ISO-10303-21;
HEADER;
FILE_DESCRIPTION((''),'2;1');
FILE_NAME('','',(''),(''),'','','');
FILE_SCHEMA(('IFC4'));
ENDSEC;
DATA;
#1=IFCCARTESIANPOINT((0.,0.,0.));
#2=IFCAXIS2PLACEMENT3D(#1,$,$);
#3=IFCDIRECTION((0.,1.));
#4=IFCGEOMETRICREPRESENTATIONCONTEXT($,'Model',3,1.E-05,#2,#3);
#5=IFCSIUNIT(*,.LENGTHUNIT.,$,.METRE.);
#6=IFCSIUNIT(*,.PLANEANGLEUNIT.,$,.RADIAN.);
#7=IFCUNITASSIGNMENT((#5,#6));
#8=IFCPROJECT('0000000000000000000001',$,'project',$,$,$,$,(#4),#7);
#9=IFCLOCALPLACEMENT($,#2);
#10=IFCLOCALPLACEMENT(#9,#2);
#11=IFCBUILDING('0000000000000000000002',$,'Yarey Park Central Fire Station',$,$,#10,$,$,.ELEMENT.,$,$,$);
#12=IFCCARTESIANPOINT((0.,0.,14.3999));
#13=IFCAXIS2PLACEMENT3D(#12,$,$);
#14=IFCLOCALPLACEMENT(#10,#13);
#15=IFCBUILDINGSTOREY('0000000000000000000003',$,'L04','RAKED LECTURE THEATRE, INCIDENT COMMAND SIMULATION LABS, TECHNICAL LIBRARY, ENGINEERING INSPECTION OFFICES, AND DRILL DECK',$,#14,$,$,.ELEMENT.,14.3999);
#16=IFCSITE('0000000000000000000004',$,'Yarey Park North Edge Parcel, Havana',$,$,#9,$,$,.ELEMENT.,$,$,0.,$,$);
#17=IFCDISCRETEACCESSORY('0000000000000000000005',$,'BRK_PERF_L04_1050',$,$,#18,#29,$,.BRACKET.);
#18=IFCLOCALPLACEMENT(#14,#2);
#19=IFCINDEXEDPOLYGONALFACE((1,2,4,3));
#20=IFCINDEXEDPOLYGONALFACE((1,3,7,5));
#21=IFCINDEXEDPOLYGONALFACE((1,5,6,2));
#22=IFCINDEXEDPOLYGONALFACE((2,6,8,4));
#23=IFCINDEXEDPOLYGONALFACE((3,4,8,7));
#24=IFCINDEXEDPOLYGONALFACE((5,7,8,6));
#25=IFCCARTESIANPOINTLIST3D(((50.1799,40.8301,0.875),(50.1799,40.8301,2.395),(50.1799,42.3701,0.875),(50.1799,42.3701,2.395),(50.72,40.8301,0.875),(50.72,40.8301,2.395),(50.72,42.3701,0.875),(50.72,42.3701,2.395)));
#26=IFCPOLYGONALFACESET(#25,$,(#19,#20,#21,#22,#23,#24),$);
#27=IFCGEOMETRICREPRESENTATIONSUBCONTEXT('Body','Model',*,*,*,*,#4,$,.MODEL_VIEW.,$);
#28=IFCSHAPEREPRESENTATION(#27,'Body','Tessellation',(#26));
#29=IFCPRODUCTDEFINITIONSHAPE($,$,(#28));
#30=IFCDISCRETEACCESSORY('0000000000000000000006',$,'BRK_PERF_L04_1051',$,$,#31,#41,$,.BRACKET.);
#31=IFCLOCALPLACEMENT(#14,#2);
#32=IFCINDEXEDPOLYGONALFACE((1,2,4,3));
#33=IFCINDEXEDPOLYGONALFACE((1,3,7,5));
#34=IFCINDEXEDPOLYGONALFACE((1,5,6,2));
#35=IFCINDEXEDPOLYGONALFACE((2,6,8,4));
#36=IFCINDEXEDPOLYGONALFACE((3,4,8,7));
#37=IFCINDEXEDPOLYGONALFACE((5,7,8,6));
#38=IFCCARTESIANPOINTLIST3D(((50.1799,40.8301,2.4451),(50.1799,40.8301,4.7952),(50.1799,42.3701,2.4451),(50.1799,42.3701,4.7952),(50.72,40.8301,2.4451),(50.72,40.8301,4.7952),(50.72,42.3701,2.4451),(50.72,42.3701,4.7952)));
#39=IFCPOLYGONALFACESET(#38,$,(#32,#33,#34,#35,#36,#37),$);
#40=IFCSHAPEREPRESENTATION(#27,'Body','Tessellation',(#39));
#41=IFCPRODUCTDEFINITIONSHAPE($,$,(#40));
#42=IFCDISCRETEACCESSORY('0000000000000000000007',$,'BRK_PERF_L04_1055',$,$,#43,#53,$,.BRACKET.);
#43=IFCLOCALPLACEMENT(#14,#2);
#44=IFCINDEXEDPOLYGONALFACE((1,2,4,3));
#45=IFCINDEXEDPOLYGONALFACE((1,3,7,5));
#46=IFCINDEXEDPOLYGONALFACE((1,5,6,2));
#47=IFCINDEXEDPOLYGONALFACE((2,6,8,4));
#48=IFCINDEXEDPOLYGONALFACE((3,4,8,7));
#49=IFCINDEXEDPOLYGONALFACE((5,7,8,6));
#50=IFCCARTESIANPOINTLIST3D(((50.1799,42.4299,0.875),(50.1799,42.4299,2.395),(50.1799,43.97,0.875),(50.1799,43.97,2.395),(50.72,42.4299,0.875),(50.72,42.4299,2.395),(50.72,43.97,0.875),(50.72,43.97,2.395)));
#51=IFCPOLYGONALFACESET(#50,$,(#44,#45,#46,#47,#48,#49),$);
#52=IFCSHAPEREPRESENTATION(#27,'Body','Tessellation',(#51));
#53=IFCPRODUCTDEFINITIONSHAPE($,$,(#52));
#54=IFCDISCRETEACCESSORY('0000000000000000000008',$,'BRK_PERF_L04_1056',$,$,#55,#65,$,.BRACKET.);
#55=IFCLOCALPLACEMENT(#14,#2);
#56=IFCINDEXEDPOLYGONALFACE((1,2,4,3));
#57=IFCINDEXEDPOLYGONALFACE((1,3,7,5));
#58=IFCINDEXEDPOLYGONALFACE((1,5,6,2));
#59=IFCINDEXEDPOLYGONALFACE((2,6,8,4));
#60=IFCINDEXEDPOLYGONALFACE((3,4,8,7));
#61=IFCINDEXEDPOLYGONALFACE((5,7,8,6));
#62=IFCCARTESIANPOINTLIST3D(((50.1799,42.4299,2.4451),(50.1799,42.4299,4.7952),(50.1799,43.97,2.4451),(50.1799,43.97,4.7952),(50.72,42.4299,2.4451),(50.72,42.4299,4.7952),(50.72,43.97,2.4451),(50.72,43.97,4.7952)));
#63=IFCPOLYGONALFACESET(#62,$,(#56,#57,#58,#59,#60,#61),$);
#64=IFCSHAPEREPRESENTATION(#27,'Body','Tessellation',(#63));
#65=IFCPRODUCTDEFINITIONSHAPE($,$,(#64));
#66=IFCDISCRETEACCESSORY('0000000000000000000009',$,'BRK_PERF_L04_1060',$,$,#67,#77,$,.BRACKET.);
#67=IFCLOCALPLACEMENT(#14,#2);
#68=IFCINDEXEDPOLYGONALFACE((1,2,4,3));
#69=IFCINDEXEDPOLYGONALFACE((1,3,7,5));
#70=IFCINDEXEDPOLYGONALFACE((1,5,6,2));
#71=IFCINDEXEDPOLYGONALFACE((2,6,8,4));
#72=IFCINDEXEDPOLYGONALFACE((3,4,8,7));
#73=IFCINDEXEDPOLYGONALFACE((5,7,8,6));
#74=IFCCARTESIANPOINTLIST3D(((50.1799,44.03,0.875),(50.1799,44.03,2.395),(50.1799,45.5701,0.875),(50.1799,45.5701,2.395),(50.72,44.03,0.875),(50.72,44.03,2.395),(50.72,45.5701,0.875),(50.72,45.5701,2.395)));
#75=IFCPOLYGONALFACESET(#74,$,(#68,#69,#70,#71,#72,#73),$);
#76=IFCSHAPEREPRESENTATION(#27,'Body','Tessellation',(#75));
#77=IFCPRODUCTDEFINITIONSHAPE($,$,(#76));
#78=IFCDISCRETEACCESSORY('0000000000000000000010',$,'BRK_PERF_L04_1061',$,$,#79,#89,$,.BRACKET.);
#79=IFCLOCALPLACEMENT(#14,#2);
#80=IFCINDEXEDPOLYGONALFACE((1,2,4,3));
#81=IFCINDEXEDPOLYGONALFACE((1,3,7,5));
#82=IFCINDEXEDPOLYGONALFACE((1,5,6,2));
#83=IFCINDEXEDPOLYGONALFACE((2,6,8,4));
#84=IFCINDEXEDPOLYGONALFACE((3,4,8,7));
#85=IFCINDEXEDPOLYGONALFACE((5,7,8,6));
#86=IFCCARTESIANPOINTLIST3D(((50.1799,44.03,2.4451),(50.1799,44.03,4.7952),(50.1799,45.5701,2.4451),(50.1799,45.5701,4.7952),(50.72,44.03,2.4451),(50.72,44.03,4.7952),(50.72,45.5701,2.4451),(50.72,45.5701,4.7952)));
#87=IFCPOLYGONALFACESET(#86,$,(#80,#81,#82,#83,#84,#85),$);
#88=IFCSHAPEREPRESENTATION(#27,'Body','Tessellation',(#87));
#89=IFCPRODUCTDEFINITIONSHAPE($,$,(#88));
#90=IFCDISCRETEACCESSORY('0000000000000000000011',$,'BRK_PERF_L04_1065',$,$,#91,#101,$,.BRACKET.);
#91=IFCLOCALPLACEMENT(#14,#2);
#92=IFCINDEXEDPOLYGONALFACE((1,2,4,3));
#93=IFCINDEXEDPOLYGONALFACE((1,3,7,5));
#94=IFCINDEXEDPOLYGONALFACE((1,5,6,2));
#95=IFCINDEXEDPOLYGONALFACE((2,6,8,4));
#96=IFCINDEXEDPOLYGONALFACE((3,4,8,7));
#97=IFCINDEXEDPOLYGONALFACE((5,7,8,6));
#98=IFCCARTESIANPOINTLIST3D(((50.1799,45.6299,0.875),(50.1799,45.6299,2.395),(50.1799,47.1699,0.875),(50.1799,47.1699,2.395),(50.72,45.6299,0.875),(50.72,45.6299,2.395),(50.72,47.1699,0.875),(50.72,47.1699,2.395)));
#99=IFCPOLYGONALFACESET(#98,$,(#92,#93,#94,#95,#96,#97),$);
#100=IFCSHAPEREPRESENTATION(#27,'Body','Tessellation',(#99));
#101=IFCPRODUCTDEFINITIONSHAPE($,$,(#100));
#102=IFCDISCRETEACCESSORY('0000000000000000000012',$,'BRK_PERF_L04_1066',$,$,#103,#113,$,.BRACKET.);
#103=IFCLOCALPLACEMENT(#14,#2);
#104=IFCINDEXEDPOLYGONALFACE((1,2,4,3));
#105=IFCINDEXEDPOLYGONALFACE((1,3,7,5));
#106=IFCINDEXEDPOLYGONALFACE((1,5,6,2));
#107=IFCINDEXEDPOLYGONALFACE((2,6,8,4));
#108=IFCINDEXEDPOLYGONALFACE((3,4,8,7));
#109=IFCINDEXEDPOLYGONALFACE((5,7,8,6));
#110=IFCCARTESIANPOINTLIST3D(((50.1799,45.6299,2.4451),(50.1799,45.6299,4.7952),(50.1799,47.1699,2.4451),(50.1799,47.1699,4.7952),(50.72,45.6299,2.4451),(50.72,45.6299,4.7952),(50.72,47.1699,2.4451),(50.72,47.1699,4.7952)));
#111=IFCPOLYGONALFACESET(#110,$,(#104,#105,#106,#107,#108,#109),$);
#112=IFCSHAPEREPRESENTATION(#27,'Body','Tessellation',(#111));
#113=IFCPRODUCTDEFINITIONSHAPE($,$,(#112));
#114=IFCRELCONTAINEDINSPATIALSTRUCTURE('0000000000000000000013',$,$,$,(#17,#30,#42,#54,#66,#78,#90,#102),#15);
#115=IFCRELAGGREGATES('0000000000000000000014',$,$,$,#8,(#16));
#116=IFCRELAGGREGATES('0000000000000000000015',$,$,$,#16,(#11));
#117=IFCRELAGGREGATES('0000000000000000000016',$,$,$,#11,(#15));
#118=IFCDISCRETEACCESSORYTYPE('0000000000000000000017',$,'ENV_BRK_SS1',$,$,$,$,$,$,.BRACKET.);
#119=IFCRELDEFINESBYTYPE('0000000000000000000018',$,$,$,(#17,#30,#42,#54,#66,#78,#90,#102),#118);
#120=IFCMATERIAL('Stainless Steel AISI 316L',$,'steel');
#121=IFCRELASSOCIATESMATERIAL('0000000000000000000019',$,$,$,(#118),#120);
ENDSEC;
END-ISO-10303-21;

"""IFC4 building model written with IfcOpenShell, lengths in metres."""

from ifc_helpers import new_model, si_unit, direction, frame, origin, origin_2d, place, context, subcontext, project, spatial, rectangle, extrude, material, type_object, element, save


model = new_model("IFC4")

# Units and contexts
model_context = context("Model", 3, precision=1e-05, world=origin(), true_north=direction((0.0, 1.0)))
body_context = subcontext(model_context, "Body", "Model", "MODEL_VIEW")
ifc_project = project(units=[si_unit("LENGTHUNIT", "METRE"), si_unit("PLANEANGLEUNIT", "RADIAN")], contexts=[model_context])

# Site, building, storey
site_placement = place(None, origin())
site = spatial("IfcSite", under=ifc_project, at=site_placement, Name="Yarey Park North Edge Parcel, Havana", CompositionType="ELEMENT", RefElevation=0.0)
building_placement = place(site_placement, origin())
building = spatial("IfcBuilding", under=site, at=building_placement, Name="Yarey Park Central Fire Station", CompositionType="ELEMENT")
storey_placement = place(building_placement, frame((0.0, 0.0, 14.3999)))
storey = spatial("IfcBuildingStorey", under=building, at=storey_placement, Name="L04", Description="RAKED LECTURE THEATRE, INCIDENT COMMAND SIMULATION LABS, TECHNICAL LIBRARY, ENGINEERING INSPECTION OFFICES, AND DRILL DECK", CompositionType="ELEMENT", Elevation=14.3999)

# Discrete accessories
ifc_material_1 = material(Name="Stainless Steel AISI 316L", Category="steel")
discrete_accessory_type = type_object("IfcDiscreteAccessoryType", Name="ENV_BRK_SS1", PredefinedType="BRACKET", material=ifc_material_1)
discrete_accessory_1_placement = place(storey_placement, frame((50.45, 41.6001, 0.875), z_axis=(0.0, 0.0, 1.0), x_axis=(1.0, 0.0, 0.0)))
element("IfcDiscreteAccessory", 1, at=discrete_accessory_1_placement, inside=storey, type_object=discrete_accessory_type, Name="BRK_PERF_L04_1050", PredefinedType="BRACKET", context=body_context, shape_type="SweptSolid", body=[
    extrude(rectangle(XDim=0.54, YDim=1.54, at=origin_2d()), origin(), (0.0, 0.0, 1.0), 1.52),
])
discrete_accessory_2_placement = place(storey_placement, frame((50.45, 41.6001, 2.4451), z_axis=(0.0, 0.0, 1.0), x_axis=(1.0, 0.0, 0.0)))
element("IfcDiscreteAccessory", 2, at=discrete_accessory_2_placement, inside=storey, type_object=discrete_accessory_type, Name="BRK_PERF_L04_1051", PredefinedType="BRACKET", context=body_context, shape_type="SweptSolid", body=[
    extrude(rectangle(XDim=0.54, YDim=1.54, at=origin_2d()), origin(), (0.0, 0.0, 1.0), 2.3501),
])
discrete_accessory_3_placement = place(storey_placement, frame((50.45, 43.2, 0.875), z_axis=(0.0, 0.0, 1.0), x_axis=(1.0, 0.0, 0.0)))
element("IfcDiscreteAccessory", 3, at=discrete_accessory_3_placement, inside=storey, type_object=discrete_accessory_type, Name="BRK_PERF_L04_1055", PredefinedType="BRACKET", context=body_context, shape_type="SweptSolid", body=[
    extrude(rectangle(XDim=0.54, YDim=1.54, at=origin_2d()), origin(), (0.0, 0.0, 1.0), 1.52),
])
discrete_accessory_4_placement = place(storey_placement, frame((50.45, 43.2, 2.4451), z_axis=(0.0, 0.0, 1.0), x_axis=(1.0, 0.0, 0.0)))
element("IfcDiscreteAccessory", 4, at=discrete_accessory_4_placement, inside=storey, type_object=discrete_accessory_type, Name="BRK_PERF_L04_1056", PredefinedType="BRACKET", context=body_context, shape_type="SweptSolid", body=[
    extrude(rectangle(XDim=0.54, YDim=1.54, at=origin_2d()), origin(), (0.0, 0.0, 1.0), 2.3501),
])
discrete_accessory_5_placement = place(storey_placement, frame((50.45, 44.8, 0.875), z_axis=(0.0, 0.0, 1.0), x_axis=(1.0, 0.0, 0.0)))
element("IfcDiscreteAccessory", 5, at=discrete_accessory_5_placement, inside=storey, type_object=discrete_accessory_type, Name="BRK_PERF_L04_1060", PredefinedType="BRACKET", context=body_context, shape_type="SweptSolid", body=[
    extrude(rectangle(XDim=0.54, YDim=1.54, at=origin_2d()), origin(), (0.0, 0.0, 1.0), 1.52),
])
discrete_accessory_6_placement = place(storey_placement, frame((50.45, 44.8, 2.4451), z_axis=(0.0, 0.0, 1.0), x_axis=(1.0, 0.0, 0.0)))
element("IfcDiscreteAccessory", 6, at=discrete_accessory_6_placement, inside=storey, type_object=discrete_accessory_type, Name="BRK_PERF_L04_1061", PredefinedType="BRACKET", context=body_context, shape_type="SweptSolid", body=[
    extrude(rectangle(XDim=0.54, YDim=1.54, at=origin_2d()), origin(), (0.0, 0.0, 1.0), 2.3501),
])
discrete_accessory_7_placement = place(storey_placement, frame((50.45, 46.3999, 0.875), z_axis=(0.0, 0.0, 1.0), x_axis=(1.0, 0.0, 0.0)))
element("IfcDiscreteAccessory", 7, at=discrete_accessory_7_placement, inside=storey, type_object=discrete_accessory_type, Name="BRK_PERF_L04_1065", PredefinedType="BRACKET", context=body_context, shape_type="SweptSolid", body=[
    extrude(rectangle(XDim=0.54, YDim=1.54, at=origin_2d()), origin(), (0.0, 0.0, 1.0), 1.52),
])
discrete_accessory_8_placement = place(storey_placement, frame((50.45, 46.3999, 2.4451), z_axis=(0.0, 0.0, 1.0), x_axis=(1.0, 0.0, 0.0)))
element("IfcDiscreteAccessory", 8, at=discrete_accessory_8_placement, inside=storey, type_object=discrete_accessory_type, Name="BRK_PERF_L04_1066", PredefinedType="BRACKET", context=body_context, shape_type="SweptSolid", body=[
    extrude(rectangle(XDim=0.54, YDim=1.54, at=origin_2d()), origin(), (0.0, 0.0, 1.0), 2.3501),
])

save(model, "model.ifc")
